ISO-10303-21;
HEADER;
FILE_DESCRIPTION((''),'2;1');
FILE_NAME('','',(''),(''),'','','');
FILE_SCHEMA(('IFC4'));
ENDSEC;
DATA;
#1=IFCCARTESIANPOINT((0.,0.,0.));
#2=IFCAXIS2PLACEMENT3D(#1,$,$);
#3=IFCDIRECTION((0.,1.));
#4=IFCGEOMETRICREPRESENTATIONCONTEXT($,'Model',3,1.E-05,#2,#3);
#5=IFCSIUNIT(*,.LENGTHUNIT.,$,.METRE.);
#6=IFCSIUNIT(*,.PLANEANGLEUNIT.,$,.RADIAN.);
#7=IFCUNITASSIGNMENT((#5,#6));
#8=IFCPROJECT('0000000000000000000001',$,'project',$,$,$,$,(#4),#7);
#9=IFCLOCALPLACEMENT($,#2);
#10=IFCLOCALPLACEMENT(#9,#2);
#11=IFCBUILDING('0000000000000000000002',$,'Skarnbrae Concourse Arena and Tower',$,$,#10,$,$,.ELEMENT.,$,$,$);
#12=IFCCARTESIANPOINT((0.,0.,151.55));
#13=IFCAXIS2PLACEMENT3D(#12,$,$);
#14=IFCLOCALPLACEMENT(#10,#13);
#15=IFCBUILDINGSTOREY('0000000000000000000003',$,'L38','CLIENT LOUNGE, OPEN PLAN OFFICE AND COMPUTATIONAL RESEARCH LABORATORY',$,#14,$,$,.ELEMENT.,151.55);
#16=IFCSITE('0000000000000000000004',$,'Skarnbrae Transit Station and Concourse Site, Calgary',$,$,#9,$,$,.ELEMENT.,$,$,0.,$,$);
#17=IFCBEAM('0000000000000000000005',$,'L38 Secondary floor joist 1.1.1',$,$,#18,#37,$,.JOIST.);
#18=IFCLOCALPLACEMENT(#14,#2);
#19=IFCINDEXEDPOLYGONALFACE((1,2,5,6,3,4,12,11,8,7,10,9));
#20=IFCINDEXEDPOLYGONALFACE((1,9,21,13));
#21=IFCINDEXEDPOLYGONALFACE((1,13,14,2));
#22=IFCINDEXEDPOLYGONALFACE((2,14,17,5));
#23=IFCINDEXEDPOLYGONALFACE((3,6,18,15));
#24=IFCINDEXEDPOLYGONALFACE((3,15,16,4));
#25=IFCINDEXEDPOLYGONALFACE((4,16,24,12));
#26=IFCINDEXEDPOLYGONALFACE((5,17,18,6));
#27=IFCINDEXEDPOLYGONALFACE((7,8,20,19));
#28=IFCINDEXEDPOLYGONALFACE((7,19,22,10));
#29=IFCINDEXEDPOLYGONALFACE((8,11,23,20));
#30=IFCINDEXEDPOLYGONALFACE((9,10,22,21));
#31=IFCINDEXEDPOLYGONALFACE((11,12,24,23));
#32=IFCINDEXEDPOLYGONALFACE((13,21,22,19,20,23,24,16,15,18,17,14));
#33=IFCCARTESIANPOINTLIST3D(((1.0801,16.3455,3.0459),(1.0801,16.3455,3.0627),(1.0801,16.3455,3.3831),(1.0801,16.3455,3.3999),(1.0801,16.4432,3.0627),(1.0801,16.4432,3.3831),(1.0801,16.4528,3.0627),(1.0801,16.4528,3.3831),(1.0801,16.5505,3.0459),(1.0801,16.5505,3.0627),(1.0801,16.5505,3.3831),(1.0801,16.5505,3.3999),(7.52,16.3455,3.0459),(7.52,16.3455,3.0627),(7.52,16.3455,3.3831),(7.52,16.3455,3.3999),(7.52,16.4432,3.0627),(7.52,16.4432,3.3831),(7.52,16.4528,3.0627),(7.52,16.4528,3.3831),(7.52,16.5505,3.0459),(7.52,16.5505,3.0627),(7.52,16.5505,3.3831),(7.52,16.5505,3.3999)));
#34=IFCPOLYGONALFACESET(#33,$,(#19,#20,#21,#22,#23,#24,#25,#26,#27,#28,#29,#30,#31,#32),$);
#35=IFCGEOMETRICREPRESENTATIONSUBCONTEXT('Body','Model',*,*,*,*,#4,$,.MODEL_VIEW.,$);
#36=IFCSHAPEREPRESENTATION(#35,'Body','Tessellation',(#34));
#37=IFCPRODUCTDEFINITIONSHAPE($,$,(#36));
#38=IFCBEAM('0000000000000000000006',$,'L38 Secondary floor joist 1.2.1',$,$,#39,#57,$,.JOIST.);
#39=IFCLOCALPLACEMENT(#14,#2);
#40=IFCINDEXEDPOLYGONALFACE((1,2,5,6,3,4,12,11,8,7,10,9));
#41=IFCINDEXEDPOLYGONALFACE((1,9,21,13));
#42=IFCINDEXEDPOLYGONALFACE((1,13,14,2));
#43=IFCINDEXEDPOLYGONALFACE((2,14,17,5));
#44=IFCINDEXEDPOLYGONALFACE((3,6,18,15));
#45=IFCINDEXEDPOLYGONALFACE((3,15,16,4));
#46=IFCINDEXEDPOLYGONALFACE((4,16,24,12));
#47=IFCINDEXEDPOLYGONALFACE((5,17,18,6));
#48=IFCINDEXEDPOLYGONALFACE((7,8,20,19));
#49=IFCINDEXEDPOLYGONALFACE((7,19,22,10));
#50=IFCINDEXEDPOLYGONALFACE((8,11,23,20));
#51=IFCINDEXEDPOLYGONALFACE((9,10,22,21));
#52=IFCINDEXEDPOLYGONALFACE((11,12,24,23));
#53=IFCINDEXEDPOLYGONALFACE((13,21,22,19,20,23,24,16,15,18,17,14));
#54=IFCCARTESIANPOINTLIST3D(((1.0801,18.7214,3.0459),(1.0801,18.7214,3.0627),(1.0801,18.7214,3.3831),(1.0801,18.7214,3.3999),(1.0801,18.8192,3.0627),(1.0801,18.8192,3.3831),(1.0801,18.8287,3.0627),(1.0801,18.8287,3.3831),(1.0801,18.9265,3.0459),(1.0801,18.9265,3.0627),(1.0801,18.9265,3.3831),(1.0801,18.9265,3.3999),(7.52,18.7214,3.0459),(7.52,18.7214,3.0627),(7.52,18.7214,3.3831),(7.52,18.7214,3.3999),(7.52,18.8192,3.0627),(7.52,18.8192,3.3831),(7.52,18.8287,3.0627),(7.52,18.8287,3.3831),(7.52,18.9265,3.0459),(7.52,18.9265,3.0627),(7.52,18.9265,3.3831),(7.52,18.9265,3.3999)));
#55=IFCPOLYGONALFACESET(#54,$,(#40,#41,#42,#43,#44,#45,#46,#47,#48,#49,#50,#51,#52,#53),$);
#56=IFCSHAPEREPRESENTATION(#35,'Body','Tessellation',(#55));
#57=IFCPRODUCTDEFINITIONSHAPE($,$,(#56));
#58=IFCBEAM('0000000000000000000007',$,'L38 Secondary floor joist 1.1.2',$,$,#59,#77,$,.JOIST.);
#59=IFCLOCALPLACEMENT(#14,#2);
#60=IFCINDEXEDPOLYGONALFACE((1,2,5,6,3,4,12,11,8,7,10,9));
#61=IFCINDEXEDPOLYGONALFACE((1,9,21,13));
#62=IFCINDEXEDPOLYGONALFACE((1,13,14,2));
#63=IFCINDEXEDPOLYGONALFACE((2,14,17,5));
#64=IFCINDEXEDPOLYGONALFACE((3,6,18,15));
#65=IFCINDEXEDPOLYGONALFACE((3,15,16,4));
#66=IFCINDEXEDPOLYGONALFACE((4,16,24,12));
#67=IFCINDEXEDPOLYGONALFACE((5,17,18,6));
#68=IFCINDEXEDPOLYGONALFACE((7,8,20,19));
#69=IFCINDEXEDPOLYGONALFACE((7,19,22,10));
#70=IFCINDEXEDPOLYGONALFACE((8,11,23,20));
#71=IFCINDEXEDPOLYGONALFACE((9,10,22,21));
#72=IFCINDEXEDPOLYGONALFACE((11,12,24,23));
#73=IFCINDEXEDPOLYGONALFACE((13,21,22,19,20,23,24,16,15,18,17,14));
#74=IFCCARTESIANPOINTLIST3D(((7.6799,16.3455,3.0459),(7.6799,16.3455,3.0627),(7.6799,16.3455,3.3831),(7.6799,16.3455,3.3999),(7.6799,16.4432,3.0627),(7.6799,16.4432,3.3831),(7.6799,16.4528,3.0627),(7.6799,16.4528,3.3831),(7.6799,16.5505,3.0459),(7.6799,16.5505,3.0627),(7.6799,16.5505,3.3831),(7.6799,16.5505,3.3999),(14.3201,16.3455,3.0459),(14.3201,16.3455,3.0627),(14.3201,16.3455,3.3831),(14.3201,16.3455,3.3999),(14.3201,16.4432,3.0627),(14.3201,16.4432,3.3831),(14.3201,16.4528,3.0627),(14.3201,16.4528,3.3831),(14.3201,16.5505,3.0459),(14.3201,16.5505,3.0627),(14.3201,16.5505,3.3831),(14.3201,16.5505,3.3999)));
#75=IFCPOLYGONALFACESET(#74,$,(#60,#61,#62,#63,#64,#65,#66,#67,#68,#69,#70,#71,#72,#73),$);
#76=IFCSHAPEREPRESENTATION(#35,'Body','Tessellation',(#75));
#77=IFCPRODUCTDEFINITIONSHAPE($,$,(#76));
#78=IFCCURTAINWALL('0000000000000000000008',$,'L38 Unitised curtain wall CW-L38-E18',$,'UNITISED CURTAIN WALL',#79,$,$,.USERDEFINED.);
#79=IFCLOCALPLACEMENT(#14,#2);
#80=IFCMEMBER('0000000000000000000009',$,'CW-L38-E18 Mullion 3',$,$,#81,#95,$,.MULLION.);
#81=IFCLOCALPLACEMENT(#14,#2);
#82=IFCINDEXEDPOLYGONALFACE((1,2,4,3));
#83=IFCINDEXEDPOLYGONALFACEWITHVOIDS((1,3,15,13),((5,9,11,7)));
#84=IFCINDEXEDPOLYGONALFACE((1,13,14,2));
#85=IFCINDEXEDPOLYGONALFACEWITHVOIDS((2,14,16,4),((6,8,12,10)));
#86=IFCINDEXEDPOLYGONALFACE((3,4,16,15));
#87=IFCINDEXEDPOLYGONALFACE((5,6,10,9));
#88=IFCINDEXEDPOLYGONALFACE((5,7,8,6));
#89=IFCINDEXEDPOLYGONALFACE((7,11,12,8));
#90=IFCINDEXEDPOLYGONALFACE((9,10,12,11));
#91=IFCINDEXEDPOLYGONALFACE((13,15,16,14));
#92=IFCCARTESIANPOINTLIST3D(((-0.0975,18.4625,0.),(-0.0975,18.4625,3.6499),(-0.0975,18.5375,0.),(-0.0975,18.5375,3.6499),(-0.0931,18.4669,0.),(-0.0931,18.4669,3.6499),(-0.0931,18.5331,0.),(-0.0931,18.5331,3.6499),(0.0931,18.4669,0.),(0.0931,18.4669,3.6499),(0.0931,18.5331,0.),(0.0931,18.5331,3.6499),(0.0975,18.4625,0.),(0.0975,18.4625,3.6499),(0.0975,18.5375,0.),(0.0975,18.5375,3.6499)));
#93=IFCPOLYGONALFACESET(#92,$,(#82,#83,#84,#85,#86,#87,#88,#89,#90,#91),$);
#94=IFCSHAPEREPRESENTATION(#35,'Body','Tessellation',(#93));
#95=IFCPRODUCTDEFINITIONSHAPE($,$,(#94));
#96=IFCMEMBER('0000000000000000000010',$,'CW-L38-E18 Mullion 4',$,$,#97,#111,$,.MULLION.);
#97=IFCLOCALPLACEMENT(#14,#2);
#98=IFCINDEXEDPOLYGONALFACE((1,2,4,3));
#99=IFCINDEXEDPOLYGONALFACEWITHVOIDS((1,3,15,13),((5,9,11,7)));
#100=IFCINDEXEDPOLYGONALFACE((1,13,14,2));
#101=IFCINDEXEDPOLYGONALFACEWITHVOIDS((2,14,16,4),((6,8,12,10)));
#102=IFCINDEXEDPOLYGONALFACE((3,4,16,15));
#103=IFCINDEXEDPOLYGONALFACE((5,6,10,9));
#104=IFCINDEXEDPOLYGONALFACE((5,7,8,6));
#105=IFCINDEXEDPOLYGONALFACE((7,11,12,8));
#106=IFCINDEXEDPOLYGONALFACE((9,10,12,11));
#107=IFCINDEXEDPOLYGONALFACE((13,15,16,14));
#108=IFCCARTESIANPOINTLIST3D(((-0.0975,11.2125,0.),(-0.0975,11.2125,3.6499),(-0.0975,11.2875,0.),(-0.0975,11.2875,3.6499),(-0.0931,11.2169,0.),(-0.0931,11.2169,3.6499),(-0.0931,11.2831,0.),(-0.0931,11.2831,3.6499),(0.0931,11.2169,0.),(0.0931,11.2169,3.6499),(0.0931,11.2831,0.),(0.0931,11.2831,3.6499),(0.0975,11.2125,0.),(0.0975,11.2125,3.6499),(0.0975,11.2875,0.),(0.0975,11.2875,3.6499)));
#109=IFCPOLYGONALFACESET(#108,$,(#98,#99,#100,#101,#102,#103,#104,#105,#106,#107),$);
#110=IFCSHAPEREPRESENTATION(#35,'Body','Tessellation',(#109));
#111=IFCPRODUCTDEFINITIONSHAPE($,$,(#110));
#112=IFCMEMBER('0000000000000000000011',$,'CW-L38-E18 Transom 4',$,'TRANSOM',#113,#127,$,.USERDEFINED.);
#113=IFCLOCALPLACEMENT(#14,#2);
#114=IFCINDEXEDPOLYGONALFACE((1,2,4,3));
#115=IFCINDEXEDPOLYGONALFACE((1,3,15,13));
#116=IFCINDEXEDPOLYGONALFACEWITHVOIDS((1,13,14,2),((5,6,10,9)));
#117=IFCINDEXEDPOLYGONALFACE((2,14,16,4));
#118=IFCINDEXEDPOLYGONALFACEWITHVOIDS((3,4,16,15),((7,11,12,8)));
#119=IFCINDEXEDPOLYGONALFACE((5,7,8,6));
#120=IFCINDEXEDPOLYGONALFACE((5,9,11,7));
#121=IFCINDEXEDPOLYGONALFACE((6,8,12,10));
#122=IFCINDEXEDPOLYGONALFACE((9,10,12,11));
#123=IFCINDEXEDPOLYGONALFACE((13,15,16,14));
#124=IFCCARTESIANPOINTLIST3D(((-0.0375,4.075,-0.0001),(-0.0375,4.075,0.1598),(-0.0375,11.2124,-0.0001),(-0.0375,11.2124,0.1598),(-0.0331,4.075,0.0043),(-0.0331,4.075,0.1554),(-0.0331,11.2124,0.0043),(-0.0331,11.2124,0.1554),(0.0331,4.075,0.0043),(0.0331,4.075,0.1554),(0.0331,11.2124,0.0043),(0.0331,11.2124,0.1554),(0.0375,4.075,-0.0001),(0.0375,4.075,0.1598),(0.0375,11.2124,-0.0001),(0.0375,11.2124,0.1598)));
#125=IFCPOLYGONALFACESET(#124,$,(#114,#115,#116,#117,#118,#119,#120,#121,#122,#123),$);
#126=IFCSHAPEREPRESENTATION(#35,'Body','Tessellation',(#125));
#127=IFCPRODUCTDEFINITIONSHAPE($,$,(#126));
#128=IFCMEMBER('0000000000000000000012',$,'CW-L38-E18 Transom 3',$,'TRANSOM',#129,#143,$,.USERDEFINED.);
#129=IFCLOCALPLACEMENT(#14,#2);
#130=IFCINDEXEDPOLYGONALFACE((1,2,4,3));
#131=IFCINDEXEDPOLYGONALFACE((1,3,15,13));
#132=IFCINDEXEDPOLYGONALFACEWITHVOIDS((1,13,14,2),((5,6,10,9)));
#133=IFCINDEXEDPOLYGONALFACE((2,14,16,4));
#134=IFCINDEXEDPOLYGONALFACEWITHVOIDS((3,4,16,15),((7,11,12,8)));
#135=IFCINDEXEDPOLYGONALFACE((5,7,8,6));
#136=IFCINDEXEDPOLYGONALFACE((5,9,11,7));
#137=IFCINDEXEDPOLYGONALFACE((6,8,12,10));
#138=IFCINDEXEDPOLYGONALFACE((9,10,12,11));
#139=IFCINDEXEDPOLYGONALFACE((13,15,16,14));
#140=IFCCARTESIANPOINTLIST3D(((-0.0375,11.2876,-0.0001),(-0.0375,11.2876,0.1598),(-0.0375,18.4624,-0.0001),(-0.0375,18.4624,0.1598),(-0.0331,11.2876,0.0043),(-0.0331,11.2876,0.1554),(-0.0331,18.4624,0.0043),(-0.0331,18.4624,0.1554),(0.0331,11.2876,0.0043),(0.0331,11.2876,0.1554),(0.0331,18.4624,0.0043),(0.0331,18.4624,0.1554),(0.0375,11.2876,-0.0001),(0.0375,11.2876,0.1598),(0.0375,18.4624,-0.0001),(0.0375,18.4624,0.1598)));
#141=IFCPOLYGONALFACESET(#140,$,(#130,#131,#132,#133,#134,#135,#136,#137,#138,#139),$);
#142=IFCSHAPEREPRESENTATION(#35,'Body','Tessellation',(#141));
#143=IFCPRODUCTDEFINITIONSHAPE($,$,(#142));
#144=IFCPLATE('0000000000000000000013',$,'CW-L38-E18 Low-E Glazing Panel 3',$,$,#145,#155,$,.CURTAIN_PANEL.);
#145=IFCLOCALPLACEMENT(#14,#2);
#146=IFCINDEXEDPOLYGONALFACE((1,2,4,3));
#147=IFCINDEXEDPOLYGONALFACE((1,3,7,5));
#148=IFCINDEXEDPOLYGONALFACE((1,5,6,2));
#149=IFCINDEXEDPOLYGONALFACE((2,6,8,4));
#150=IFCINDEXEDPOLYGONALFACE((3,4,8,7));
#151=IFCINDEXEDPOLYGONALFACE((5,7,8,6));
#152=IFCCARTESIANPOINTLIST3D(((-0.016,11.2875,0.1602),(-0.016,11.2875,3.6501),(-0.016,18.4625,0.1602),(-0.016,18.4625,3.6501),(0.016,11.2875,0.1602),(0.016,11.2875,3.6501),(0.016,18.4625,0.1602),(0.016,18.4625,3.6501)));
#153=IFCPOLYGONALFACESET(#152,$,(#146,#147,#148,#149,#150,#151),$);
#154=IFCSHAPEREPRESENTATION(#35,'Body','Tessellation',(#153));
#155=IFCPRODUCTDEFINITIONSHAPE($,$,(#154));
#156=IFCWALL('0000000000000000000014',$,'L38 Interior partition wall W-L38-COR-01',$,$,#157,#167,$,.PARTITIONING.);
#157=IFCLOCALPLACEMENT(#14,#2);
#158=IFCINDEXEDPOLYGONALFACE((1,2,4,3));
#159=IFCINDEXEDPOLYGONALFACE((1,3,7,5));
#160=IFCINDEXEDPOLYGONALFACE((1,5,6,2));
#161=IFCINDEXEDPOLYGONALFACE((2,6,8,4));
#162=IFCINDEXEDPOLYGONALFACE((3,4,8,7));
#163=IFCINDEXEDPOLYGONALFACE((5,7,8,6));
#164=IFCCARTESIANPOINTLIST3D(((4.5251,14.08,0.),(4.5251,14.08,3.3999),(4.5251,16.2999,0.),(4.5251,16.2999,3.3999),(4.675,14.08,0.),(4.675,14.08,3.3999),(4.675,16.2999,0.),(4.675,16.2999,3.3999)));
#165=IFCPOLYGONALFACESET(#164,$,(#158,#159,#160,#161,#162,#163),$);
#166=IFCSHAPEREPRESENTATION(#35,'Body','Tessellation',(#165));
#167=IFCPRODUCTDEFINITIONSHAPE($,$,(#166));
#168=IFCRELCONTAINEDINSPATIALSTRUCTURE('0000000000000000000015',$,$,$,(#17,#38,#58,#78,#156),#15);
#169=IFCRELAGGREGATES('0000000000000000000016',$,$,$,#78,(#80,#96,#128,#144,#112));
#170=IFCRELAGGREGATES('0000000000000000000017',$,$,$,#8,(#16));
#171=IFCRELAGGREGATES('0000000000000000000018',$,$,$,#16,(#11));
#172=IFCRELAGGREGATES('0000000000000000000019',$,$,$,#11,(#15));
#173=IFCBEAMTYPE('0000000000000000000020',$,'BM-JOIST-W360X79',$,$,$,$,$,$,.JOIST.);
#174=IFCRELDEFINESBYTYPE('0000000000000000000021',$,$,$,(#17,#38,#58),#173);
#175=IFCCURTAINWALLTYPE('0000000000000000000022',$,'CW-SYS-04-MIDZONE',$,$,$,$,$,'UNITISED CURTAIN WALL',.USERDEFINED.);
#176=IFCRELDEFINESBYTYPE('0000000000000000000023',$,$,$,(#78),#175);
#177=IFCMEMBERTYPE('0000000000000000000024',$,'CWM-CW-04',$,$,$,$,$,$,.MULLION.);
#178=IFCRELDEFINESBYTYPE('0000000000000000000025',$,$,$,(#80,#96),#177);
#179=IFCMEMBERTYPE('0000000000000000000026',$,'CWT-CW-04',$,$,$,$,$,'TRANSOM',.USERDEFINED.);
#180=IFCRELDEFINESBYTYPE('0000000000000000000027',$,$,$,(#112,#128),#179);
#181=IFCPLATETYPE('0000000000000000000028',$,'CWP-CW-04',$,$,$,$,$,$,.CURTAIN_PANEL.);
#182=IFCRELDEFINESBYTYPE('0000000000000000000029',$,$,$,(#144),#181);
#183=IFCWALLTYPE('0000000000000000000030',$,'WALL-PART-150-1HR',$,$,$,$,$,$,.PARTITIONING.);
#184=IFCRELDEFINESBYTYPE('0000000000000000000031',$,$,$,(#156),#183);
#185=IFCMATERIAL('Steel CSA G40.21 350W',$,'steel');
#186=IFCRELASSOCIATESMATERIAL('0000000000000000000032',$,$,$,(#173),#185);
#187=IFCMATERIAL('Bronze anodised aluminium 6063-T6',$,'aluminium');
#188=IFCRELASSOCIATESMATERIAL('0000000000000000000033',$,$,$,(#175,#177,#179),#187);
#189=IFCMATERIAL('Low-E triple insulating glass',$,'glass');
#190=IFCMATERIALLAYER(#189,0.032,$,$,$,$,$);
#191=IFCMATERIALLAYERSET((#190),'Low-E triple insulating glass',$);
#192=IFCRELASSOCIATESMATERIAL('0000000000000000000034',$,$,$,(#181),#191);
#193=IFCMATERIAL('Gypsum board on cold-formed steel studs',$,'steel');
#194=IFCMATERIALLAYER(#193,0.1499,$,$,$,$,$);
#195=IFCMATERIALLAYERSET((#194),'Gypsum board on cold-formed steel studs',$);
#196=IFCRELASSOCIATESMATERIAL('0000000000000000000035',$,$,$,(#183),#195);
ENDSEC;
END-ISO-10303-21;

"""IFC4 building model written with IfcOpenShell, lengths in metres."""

from ifc_helpers import new_model, si_unit, direction, frame, frame_2d, origin, origin_2d, place, context, subcontext, project, spatial, rectangle, hollow_rectangle, i_section, extrude, source, transform, mapped, material, layer, layer_set, material_profile, profile_set, type_object, element, aggregate, save


model = new_model("IFC4")

# Units and contexts
model_context = context("Model", 3, precision=1e-05, world=origin(), true_north=direction((0.0, 1.0)))
body_context = subcontext(model_context, "Body", "Model", "MODEL_VIEW")
ifc_project = project(units=[si_unit("LENGTHUNIT", "METRE"), si_unit("PLANEANGLEUNIT", "RADIAN")], contexts=[model_context])

# Site, building, storey
site_placement = place(None, origin())
site = spatial("IfcSite", under=ifc_project, at=site_placement, Name="Skarnbrae Transit Station and Concourse Site, Calgary", CompositionType="ELEMENT", RefElevation=0.0)
building_placement = place(site_placement, origin())
building = spatial("IfcBuilding", under=site, at=building_placement, Name="Skarnbrae Concourse Arena and Tower", CompositionType="ELEMENT")
storey_placement = place(building_placement, frame((0.0, 0.0, 151.55)))
storey = spatial("IfcBuildingStorey", under=building, at=storey_placement, Name="L38", Description="CLIENT LOUNGE, OPEN PLAN OFFICE AND COMPUTATIONAL RESEARCH LABORATORY", CompositionType="ELEMENT", Elevation=151.55)

# Shared definitions
ifc_material_1 = material(Name="Steel CSA G40.21 350W", Category="steel")

# Beams
ifc_material_profile_1 = material_profile(ifc_material_1, i_section(OverallWidth=0.2051, OverallDepth=0.354, WebThickness=0.0095, FlangeThickness=0.0168, at=origin_2d()), Name="W360X79")
ifc_profile_set_1 = profile_set([ifc_material_profile_1], Name="Steel CSA G40.21 350W")
beam_type_1 = type_object("IfcBeamType", Name="BM-JOIST-W360X79", PredefinedType="JOIST", material=ifc_profile_set_1)
shared_shape_1 = source(origin(), body_context, "Body", "SweptSolid", [
    extrude(i_section(OverallWidth=0.2051, OverallDepth=0.354, WebThickness=0.0095, FlangeThickness=0.0168, at=origin_2d()), origin(), (0.0, 0.0, 1.0), 6.4399),
])
for number, where, z_axis, x_axis, name in (
    (1, (1.0801, 16.448, 3.2229), (1.0, 0.0, 0.0), (0.0, 1.0, 0.0), "L38 Secondary floor joist 1.1.1"),
    (2, (1.0801, 18.824, 3.2229), (1.0, 0.0, 0.0), (0.0, 1.0, 0.0), "L38 Secondary floor joist 1.2.1"),
):
    element("IfcBeam", number, at=place(storey_placement, frame(where, z_axis=z_axis, x_axis=x_axis)), inside=storey, type_object=beam_type_1, Name=name, PredefinedType="JOIST", context=body_context, shape_type="MappedRepresentation", body=[
        mapped(shared_shape_1, transform((0.0, 0.0, 0.0))),
    ])
shared_shape_2 = source(origin(), body_context, "Body", "SweptSolid", [
    extrude(i_section(OverallWidth=0.2051, OverallDepth=0.354, WebThickness=0.0095, FlangeThickness=0.0168, at=origin_2d()), origin(), (0.0, 0.0, 1.0), 6.6401),
])
beam_1_placement = place(storey_placement, frame((7.6799, 16.448, 3.2229), z_axis=(1.0, 0.0, 0.0), x_axis=(0.0, 1.0, 0.0)))
element("IfcBeam", 3, at=beam_1_placement, inside=storey, type_object=beam_type_1, Name="L38 Secondary floor joist 1.1.2", PredefinedType="JOIST", context=body_context, shape_type="MappedRepresentation", body=[
    mapped(shared_shape_2, transform((0.0, 0.0, 0.0))),
])

# Curtain wall, members, plate
ifc_material_2 = material(Name="Bronze anodised aluminium 6063-T6", Category="aluminium")
curtain_wall_type = type_object("IfcCurtainWallType", Name="CW-SYS-04-MIDZONE", ElementType="UNITISED CURTAIN WALL", PredefinedType="USERDEFINED", material=ifc_material_2)
curtain_wall_placement = place(storey_placement, origin())
curtain_wall = element("IfcCurtainWall", 4, at=curtain_wall_placement, inside=storey, type_object=curtain_wall_type, Name="L38 Unitised curtain wall CW-L38-E18", ObjectType="UNITISED CURTAIN WALL", PredefinedType="USERDEFINED")
ifc_material_profile_2 = material_profile(ifc_material_2, hollow_rectangle(XDim=0.075, YDim=0.1951, WallThickness=0.0044, at=origin_2d()), Name="ALU-MULL-75X195")
ifc_profile_set_2 = profile_set([ifc_material_profile_2], Name="Bronze anodised aluminium 6063-T6")
member_type_1 = type_object("IfcMemberType", Name="CWM-CW-04", PredefinedType="MULLION", material=ifc_profile_set_2)
shared_shape_3 = source(origin(), body_context, "Body", "SweptSolid", [
    extrude(hollow_rectangle(XDim=0.075, YDim=0.1951, WallThickness=0.0044, at=origin_2d()), origin(), (0.0, 0.0, 1.0), 3.6499),
])
member_1_placement = place(storey_placement, frame((0.0, 18.5, 0.0), z_axis=(0.0, 0.0, 1.0), x_axis=(0.0, -1.0, 0.0)))
member_1 = element("IfcMember", 5, at=member_1_placement, type_object=member_type_1, Name="CW-L38-E18 Mullion 3", PredefinedType="MULLION", context=body_context, shape_type="MappedRepresentation", body=[
    mapped(shared_shape_3, transform((0.0, 0.0, 0.0))),
])
member_2_placement = place(storey_placement, frame((0.0, 11.25, 0.0), z_axis=(0.0, 0.0, 1.0), x_axis=(0.0, -1.0, 0.0)))
member_2 = element("IfcMember", 6, at=member_2_placement, type_object=member_type_1, Name="CW-L38-E18 Mullion 4", PredefinedType="MULLION", context=body_context, shape_type="MappedRepresentation", body=[
    mapped(shared_shape_3, transform((0.0, 0.0, 0.0))),
])
ifc_material_profile_3 = material_profile(ifc_material_2, hollow_rectangle(XDim=0.075, YDim=0.1599, WallThickness=0.0044, at=origin_2d()), Name="ALU-TRAN-75X160")
ifc_profile_set_3 = profile_set([ifc_material_profile_3], Name="Bronze anodised aluminium 6063-T6")
member_type_2 = type_object("IfcMemberType", Name="CWT-CW-04", ElementType="TRANSOM", PredefinedType="USERDEFINED", material=ifc_profile_set_3)
shared_shape_4 = source(origin(), body_context, "Body", "SweptSolid", [
    extrude(hollow_rectangle(XDim=0.075, YDim=0.1599, WallThickness=0.0044, at=origin_2d()), origin(), (0.0, 0.0, 1.0), 7.1375),
])
member_3_placement = place(storey_placement, frame((0.0, 11.2124, 0.0798), z_axis=(0.0, -1.0, 0.0), x_axis=(1.0, 0.0, 0.0)))
member_3 = element("IfcMember", 7, at=member_3_placement, type_object=member_type_2, Name="CW-L38-E18 Transom 4", ObjectType="TRANSOM", PredefinedType="USERDEFINED", context=body_context, shape_type="MappedRepresentation", body=[
    mapped(shared_shape_4, transform((0.0, 0.0, 0.0))),
])
shared_shape_5 = source(origin(), body_context, "Body", "SweptSolid", [
    extrude(hollow_rectangle(XDim=0.075, YDim=0.1599, WallThickness=0.0044, at=origin_2d()), origin(), (0.0, 0.0, 1.0), 7.1748),
])
member_4_placement = place(storey_placement, frame((0.0, 18.4624, 0.0798), z_axis=(0.0, -1.0, 0.0), x_axis=(1.0, 0.0, 0.0)))
member_4 = element("IfcMember", 8, at=member_4_placement, type_object=member_type_2, Name="CW-L38-E18 Transom 3", ObjectType="TRANSOM", PredefinedType="USERDEFINED", context=body_context, shape_type="MappedRepresentation", body=[
    mapped(shared_shape_5, transform((0.0, 0.0, 0.0))),
])
ifc_material_3 = material(Name="Low-E triple insulating glass", Category="glass")
ifc_layer_1 = layer(ifc_material_3, 0.032)
ifc_layer_set_1 = layer_set([ifc_layer_1], Name="Low-E triple insulating glass")
plate_type = type_object("IfcPlateType", Name="CWP-CW-04", PredefinedType="CURTAIN_PANEL", material=ifc_layer_set_1)
shared_shape_6 = source(origin(), body_context, "Body", "SweptSolid", [
    extrude(rectangle(XDim=7.175, YDim=0.032, at=origin_2d()), origin(), (0.0, 0.0, 1.0), 3.49),
])
plate_placement = place(storey_placement, frame((0.0, 14.875, 0.1602), z_axis=(0.0, 0.0, 1.0), x_axis=(0.0, -1.0, 0.0)))
plate = element("IfcPlate", 9, at=plate_placement, type_object=plate_type, Name="CW-L38-E18 Low-E Glazing Panel 3", PredefinedType="CURTAIN_PANEL", context=body_context, shape_type="MappedRepresentation", body=[
    mapped(shared_shape_6, transform((0.0, 0.0, 0.0))),
])
aggregate(curtain_wall, [member_1, member_2, member_4, plate, member_3])

# Wall
ifc_material_4 = material(Name="Gypsum board on cold-formed steel studs", Category="steel")
ifc_layer_2 = layer(ifc_material_4, 0.1499)
ifc_layer_set_2 = layer_set([ifc_layer_2], Name="Gypsum board on cold-formed steel studs")
wall_type_1 = type_object("IfcWallType", Name="WALL-PART-150-1HR", PredefinedType="PARTITIONING", material=ifc_layer_set_2)
shared_shape_7 = source(origin(), body_context, "Body", "SweptSolid", [
    extrude(rectangle(XDim=2.22, YDim=0.1499, at=frame_2d((1.1099, 0.0))), origin(), (0.0, 0.0, 1.0), 3.3999),
])
wall_1_placement = place(storey_placement, frame((4.6001, 14.0801, 0.0), z_axis=(0.0, 0.0, 1.0), x_axis=(0.0, 1.0, 0.0)))
element("IfcWall", 10, at=wall_1_placement, inside=storey, type_object=wall_type_1, Name="L38 Interior partition wall W-L38-COR-01", PredefinedType="PARTITIONING", context=body_context, shape_type="MappedRepresentation", body=[
    mapped(shared_shape_7, transform((0.0, 0.0, 0.0))),
])

save(model, "model.ifc")
